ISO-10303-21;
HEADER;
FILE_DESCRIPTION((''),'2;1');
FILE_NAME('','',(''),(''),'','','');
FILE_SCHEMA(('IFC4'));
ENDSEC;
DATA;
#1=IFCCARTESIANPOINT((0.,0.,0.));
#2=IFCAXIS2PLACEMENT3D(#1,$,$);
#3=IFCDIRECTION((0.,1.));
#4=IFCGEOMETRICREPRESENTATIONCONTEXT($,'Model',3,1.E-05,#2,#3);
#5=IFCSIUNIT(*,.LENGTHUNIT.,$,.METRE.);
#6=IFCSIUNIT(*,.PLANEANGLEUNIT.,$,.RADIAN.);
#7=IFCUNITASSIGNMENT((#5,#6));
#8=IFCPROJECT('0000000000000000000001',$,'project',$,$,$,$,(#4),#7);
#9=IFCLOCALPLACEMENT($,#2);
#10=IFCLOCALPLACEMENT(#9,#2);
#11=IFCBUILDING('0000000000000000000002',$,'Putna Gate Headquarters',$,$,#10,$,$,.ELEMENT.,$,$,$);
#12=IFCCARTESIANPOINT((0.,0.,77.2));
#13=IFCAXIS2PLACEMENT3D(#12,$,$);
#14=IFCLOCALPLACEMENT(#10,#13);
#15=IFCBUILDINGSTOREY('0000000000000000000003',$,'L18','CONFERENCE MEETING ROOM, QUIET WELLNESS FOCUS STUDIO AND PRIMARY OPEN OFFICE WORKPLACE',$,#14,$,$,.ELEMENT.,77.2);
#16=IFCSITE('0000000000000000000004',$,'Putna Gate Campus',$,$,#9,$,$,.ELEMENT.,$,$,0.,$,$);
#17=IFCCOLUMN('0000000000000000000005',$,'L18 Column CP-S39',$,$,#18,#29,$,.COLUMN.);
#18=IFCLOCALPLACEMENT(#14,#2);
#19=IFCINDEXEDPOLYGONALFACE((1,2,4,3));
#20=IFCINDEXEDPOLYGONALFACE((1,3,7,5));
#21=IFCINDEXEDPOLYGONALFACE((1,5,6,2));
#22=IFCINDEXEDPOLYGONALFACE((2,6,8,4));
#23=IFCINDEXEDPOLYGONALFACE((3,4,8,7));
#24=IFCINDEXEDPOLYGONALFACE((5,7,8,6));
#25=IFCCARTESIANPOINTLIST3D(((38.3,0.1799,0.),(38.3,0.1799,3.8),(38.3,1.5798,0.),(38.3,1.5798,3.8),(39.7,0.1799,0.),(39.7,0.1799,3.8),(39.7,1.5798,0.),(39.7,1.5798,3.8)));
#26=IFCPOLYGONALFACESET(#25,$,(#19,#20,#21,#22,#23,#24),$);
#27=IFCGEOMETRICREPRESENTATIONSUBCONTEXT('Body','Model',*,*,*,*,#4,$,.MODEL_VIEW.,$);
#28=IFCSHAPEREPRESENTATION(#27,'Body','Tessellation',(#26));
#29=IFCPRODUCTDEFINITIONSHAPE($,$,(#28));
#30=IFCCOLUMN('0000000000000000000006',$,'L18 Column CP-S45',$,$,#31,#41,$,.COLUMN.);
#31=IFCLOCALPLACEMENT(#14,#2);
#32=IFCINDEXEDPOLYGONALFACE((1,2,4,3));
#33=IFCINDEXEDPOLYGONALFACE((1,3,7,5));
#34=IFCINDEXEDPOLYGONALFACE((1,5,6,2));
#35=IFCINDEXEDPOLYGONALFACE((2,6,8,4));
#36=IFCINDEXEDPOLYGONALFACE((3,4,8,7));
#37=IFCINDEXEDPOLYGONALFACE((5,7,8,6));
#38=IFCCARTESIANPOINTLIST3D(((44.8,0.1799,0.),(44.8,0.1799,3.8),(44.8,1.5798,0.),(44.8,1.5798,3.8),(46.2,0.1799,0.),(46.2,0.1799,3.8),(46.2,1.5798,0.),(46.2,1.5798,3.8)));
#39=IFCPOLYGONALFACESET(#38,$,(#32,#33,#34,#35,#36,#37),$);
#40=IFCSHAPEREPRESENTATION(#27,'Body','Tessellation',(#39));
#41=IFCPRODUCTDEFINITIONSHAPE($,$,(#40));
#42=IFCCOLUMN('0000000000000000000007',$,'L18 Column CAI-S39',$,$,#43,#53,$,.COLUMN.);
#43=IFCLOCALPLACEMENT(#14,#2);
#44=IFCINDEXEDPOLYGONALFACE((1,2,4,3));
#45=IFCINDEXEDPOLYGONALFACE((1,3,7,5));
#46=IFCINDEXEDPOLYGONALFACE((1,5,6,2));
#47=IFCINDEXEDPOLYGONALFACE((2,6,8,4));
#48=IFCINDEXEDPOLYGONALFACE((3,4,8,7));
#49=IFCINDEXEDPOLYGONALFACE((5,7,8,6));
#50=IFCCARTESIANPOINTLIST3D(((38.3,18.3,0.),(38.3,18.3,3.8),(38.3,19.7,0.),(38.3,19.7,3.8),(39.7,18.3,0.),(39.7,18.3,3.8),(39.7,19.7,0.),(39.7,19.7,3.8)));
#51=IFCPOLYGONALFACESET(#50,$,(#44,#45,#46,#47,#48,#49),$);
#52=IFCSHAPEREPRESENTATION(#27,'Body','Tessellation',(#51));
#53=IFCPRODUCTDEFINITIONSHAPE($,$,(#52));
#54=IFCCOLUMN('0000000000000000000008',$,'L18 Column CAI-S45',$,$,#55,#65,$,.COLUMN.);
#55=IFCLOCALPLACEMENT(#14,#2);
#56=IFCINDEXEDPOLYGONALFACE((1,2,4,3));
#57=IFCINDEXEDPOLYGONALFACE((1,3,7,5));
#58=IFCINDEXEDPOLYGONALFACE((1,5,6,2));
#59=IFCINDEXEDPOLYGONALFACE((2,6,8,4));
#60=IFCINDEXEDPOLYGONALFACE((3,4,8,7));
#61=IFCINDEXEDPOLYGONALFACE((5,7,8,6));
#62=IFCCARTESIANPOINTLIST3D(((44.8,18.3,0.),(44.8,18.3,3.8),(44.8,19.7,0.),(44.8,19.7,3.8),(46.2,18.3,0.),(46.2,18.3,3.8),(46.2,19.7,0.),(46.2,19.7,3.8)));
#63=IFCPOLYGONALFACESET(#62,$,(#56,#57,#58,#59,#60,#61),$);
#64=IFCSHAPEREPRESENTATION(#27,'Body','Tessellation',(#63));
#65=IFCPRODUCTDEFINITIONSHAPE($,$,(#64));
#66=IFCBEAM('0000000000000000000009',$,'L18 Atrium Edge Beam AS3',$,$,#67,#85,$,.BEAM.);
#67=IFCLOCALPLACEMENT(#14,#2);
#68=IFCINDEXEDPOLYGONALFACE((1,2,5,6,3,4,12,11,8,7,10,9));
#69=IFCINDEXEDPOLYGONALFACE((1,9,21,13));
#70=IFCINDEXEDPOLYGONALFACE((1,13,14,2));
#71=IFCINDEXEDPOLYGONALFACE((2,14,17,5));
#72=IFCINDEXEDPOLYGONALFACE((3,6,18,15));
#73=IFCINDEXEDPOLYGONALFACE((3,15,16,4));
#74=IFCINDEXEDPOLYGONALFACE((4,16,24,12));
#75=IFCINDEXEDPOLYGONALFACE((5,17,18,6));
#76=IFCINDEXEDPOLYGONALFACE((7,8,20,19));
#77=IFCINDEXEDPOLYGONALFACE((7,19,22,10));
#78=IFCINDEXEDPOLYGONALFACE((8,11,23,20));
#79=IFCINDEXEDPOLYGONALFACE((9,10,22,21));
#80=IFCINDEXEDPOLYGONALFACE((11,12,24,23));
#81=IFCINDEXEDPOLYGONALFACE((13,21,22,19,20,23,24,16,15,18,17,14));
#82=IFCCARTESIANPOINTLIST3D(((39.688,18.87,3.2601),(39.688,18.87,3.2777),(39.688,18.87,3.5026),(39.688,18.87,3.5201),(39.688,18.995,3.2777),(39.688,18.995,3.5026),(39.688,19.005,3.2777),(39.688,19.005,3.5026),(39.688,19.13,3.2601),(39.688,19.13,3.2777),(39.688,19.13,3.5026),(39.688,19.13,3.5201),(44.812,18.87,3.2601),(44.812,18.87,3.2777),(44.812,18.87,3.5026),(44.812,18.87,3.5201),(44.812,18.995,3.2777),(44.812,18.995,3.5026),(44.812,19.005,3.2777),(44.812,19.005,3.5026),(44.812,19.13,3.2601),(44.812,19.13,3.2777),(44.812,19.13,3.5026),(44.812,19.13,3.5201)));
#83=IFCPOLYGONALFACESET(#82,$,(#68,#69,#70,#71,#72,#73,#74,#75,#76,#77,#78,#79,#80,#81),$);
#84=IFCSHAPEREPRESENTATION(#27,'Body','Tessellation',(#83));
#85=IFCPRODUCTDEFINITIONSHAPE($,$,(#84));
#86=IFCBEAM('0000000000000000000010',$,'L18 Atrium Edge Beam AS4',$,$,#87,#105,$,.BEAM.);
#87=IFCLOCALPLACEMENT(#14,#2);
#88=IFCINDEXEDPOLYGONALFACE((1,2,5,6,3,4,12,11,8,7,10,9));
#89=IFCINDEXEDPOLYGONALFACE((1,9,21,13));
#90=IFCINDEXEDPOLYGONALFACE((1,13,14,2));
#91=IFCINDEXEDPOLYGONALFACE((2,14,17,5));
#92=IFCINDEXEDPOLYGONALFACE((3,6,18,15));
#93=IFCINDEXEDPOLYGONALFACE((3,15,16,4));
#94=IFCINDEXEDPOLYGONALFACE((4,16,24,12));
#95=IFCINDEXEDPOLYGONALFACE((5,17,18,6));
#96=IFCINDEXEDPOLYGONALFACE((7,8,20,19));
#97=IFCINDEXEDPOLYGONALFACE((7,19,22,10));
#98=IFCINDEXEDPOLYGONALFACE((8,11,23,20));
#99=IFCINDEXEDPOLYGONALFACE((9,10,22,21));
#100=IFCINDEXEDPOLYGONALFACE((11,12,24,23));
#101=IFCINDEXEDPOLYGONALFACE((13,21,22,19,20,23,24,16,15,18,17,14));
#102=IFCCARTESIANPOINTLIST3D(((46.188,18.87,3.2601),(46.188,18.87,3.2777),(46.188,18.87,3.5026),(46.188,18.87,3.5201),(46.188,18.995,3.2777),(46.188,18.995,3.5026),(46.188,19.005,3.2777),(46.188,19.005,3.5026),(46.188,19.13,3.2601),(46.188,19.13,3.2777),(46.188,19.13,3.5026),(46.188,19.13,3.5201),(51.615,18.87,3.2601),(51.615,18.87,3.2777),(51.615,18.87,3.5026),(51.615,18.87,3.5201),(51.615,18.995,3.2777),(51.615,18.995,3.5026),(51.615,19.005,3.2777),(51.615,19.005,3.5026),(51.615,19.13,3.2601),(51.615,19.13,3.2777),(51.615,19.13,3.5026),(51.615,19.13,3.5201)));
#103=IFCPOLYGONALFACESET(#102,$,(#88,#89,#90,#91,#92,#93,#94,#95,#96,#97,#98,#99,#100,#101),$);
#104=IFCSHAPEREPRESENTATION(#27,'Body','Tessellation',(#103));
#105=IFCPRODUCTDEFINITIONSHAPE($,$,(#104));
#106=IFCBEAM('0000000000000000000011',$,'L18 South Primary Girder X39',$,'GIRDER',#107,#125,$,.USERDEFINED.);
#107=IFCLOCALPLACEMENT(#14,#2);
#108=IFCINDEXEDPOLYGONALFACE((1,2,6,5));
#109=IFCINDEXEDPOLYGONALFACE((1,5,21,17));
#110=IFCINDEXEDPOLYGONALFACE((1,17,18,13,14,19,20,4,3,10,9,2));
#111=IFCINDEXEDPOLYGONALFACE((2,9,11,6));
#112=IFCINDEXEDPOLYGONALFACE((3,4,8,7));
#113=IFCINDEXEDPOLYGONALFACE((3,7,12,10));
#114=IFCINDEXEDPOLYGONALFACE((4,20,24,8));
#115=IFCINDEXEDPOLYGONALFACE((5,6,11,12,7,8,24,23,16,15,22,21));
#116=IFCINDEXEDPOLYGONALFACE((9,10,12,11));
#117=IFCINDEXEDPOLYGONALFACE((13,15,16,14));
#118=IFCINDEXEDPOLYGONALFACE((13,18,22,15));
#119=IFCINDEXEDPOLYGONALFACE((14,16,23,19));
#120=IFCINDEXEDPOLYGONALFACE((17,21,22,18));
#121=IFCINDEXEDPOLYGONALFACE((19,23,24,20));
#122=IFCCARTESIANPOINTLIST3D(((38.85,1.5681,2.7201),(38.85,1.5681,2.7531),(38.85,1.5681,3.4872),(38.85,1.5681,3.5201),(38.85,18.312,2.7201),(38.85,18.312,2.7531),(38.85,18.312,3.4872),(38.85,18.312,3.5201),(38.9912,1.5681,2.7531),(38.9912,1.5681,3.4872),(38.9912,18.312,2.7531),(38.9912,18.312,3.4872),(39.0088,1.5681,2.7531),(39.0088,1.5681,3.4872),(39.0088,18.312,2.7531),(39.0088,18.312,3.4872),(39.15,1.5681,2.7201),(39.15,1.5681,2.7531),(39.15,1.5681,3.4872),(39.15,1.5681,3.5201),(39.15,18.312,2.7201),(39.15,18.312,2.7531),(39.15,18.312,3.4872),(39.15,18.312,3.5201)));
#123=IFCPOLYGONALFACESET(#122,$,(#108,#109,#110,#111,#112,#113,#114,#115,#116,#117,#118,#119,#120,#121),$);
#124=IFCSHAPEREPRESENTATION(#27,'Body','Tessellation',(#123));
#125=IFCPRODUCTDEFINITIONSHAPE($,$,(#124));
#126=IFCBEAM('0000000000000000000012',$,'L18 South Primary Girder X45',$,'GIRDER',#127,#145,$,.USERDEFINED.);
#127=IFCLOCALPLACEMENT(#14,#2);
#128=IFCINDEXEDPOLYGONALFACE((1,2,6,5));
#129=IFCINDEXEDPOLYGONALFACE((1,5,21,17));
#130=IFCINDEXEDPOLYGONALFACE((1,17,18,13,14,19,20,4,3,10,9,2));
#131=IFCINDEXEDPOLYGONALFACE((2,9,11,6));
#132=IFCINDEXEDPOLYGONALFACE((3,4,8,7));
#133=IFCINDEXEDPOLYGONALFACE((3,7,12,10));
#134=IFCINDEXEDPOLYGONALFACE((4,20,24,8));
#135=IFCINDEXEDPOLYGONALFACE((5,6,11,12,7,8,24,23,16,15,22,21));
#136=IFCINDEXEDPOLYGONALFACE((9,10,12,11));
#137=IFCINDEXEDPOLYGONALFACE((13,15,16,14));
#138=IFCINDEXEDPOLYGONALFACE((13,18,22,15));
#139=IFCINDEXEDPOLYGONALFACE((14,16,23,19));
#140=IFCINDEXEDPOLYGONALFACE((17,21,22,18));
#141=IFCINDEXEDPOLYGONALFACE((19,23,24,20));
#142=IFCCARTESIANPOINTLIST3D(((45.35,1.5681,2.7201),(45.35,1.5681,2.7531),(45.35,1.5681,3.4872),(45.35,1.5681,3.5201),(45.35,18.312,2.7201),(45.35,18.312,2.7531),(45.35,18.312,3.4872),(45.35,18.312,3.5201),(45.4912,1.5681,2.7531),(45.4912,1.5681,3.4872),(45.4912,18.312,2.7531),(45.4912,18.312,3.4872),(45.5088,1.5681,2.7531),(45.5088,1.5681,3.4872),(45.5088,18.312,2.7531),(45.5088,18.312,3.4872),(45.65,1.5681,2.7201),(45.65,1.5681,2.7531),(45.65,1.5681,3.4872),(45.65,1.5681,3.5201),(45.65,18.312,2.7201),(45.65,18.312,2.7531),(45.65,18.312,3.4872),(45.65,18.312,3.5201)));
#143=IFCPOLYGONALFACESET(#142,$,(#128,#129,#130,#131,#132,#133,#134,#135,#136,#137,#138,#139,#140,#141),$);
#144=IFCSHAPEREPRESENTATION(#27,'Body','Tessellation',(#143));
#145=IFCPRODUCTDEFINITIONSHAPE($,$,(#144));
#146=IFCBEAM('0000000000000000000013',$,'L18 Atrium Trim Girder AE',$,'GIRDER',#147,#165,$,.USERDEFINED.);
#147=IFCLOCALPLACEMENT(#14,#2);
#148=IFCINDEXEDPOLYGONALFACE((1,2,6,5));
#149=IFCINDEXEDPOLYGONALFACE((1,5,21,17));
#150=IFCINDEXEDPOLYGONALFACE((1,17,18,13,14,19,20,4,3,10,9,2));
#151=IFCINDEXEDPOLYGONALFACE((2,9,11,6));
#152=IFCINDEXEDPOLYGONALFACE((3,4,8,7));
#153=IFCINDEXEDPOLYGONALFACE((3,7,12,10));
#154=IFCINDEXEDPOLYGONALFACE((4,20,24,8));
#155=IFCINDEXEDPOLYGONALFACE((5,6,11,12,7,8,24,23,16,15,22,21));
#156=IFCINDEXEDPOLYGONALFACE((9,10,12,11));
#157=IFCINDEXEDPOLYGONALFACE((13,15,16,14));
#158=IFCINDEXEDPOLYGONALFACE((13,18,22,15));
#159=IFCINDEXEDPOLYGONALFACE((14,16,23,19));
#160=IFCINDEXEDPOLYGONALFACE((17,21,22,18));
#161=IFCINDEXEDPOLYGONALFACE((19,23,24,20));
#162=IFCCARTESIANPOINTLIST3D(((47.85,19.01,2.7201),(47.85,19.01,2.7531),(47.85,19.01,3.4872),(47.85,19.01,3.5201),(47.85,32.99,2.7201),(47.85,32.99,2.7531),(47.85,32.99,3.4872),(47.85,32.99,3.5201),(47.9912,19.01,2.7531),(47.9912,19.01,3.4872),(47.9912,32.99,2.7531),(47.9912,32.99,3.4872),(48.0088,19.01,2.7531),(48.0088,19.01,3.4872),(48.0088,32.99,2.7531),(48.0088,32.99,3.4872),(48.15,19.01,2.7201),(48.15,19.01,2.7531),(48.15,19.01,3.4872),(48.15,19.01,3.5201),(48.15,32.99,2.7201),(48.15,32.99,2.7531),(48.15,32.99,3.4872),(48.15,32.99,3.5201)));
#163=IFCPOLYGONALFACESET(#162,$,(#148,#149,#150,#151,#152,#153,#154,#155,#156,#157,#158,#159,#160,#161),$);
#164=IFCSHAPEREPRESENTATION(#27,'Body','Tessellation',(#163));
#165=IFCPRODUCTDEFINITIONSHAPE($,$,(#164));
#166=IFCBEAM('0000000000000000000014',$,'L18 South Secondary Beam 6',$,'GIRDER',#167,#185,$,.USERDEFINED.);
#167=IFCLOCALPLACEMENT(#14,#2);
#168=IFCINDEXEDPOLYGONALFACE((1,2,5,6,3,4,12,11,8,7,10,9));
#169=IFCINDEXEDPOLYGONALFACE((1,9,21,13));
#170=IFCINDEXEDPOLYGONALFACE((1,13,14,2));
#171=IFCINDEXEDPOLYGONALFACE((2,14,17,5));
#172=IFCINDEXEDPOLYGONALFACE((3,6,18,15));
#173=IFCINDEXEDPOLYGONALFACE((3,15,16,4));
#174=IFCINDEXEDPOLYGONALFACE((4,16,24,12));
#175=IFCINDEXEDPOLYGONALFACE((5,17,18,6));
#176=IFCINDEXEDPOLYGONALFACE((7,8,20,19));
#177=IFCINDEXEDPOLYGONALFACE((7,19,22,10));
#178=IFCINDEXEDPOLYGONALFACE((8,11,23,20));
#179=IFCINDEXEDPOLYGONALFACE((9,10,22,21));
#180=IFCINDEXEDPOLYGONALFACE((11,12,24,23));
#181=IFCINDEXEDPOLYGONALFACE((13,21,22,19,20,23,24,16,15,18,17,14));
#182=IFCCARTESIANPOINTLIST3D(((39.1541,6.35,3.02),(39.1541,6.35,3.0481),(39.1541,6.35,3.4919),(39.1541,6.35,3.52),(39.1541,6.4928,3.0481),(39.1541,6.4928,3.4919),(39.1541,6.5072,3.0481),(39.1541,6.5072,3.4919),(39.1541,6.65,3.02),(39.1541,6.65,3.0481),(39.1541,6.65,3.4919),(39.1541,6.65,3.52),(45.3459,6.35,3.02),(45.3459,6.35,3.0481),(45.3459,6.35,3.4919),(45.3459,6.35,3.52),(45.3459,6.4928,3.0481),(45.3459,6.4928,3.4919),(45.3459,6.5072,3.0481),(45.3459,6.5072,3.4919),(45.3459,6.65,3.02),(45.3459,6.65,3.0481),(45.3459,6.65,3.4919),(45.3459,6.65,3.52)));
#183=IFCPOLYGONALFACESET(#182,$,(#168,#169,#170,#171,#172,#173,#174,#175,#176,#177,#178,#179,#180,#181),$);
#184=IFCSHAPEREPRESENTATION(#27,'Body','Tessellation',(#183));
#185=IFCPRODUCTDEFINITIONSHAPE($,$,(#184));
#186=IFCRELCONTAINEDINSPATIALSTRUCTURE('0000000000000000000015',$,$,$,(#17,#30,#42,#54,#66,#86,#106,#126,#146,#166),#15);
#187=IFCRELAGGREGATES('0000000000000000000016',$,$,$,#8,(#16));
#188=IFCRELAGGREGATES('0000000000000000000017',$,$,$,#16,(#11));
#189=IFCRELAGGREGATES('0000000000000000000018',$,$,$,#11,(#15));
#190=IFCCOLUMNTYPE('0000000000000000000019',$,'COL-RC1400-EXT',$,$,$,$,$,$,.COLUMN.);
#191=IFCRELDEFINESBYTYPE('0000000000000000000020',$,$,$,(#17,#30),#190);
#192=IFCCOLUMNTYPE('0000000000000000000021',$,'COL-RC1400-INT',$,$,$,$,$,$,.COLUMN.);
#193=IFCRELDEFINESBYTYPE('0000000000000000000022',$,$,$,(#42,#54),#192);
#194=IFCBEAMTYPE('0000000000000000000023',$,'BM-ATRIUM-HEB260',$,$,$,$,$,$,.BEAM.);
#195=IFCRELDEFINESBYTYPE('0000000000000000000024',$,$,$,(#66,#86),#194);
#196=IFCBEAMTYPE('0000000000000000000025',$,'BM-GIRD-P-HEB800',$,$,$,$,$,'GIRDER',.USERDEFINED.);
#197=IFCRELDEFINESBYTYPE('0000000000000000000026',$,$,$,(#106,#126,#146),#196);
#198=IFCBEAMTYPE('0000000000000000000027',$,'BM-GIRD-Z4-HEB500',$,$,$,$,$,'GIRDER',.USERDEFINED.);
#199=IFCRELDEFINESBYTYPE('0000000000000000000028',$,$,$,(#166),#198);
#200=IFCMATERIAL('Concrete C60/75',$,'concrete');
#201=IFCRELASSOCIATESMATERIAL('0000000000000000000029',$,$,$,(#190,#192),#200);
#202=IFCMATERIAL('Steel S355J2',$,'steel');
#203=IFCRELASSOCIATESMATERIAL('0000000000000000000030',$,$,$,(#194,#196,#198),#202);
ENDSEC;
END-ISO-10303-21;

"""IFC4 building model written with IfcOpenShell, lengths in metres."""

from ifc_helpers import new_model, si_unit, direction, frame, origin, origin_2d, place, context, subcontext, project, spatial, rectangle, i_section, extrude, material, material_profile, profile_set, type_object, element, save


model = new_model("IFC4")

# Units and contexts
model_context = context("Model", 3, precision=1e-05, world=origin(), true_north=direction((0.0, 1.0)))
body_context = subcontext(model_context, "Body", "Model", "MODEL_VIEW")
ifc_project = project(units=[si_unit("LENGTHUNIT", "METRE"), si_unit("PLANEANGLEUNIT", "RADIAN")], contexts=[model_context])

# Site, building, storey
site_placement = place(None, origin())
site = spatial("IfcSite", under=ifc_project, at=site_placement, Name="Putna Gate Campus", CompositionType="ELEMENT", RefElevation=0.0)
building_placement = place(site_placement, origin())
building = spatial("IfcBuilding", under=site, at=building_placement, Name="Putna Gate Headquarters", CompositionType="ELEMENT")
storey_placement = place(building_placement, frame((0.0, 0.0, 77.2)))
storey = spatial("IfcBuildingStorey", under=building, at=storey_placement, Name="L18", Description="CONFERENCE MEETING ROOM, QUIET WELLNESS FOCUS STUDIO AND PRIMARY OPEN OFFICE WORKPLACE", CompositionType="ELEMENT", Elevation=77.2)

# Columns
ifc_material_1 = material(Name="Concrete C60/75", Category="concrete")
ifc_material_profile_1 = material_profile(ifc_material_1, rectangle(XDim=1.3999, YDim=1.3999, at=origin_2d()), Name="Concrete C60/75")
ifc_profile_set_1 = profile_set([ifc_material_profile_1], Name="Concrete C60/75")
column_type_1 = type_object("IfcColumnType", Name="COL-RC1400-EXT", PredefinedType="COLUMN", material=ifc_profile_set_1)
for number, where, z_axis, x_axis, name in (
    (1, (39.0, 0.8799, 0.0), (0.0, 0.0, 1.0), (1.0, 0.0, 0.0), "L18 Column CP-S39"),
    (2, (45.5, 0.8799, 0.0), (0.0, 0.0, 1.0), (1.0, 0.0, 0.0), "L18 Column CP-S45"),
):
    element("IfcColumn", number, at=place(storey_placement, frame(where, z_axis=z_axis, x_axis=x_axis)), inside=storey, type_object=column_type_1, Name=name, PredefinedType="COLUMN", context=body_context, shape_type="SweptSolid", body=[
        extrude(rectangle(XDim=1.3999, YDim=1.3999, at=origin_2d()), origin(), (0.0, 0.0, 1.0), 3.8),
    ])
ifc_material_profile_2 = material_profile(ifc_material_1, rectangle(XDim=1.3999, YDim=1.3999, at=origin_2d()), Name="Concrete C60/75")
ifc_profile_set_2 = profile_set([ifc_material_profile_2], Name="Concrete C60/75")
column_type_2 = type_object("IfcColumnType", Name="COL-RC1400-INT", PredefinedType="COLUMN", material=ifc_profile_set_2)
for number, where, z_axis, x_axis, name in (
    (3, (39.0, 19.0, 0.0), (0.0, 0.0, 1.0), (1.0, 0.0, 0.0), "L18 Column CAI-S39"),
    (4, (45.5, 19.0, 0.0), (0.0, 0.0, 1.0), (1.0, 0.0, 0.0), "L18 Column CAI-S45"),
):
    element("IfcColumn", number, at=place(storey_placement, frame(where, z_axis=z_axis, x_axis=x_axis)), inside=storey, type_object=column_type_2, Name=name, PredefinedType="COLUMN", context=body_context, shape_type="SweptSolid", body=[
        extrude(rectangle(XDim=1.3999, YDim=1.3999, at=origin_2d()), origin(), (0.0, 0.0, 1.0), 3.8),
    ])

# Beams
ifc_material_2 = material(Name="Steel S355J2", Category="steel")
ifc_material_profile_3 = material_profile(ifc_material_2, i_section(OverallWidth=0.26, OverallDepth=0.26, WebThickness=0.01, FlangeThickness=0.0176, at=origin_2d()), Name="Steel S355J2")
ifc_profile_set_3 = profile_set([ifc_material_profile_3], Name="Steel S355J2")
beam_type_1 = type_object("IfcBeamType", Name="BM-ATRIUM-HEB260", PredefinedType="BEAM", material=ifc_profile_set_3)
beam_1_placement = place(storey_placement, frame((39.688, 19.0, 3.3901), z_axis=(1.0, 0.0, 0.0), x_axis=(0.0, 1.0, 0.0)))
element("IfcBeam", 5, at=beam_1_placement, inside=storey, type_object=beam_type_1, Name="L18 Atrium Edge Beam AS3", PredefinedType="BEAM", context=body_context, shape_type="SweptSolid", body=[
    extrude(i_section(OverallWidth=0.26, OverallDepth=0.26, WebThickness=0.01, FlangeThickness=0.0176, at=origin_2d()), origin(), (0.0, 0.0, 1.0), 5.124),
])
beam_2_placement = place(storey_placement, frame((46.188, 19.0, 3.3901), z_axis=(1.0, 0.0, 0.0), x_axis=(0.0, 1.0, 0.0)))
element("IfcBeam", 6, at=beam_2_placement, inside=storey, type_object=beam_type_1, Name="L18 Atrium Edge Beam AS4", PredefinedType="BEAM", context=body_context, shape_type="SweptSolid", body=[
    extrude(i_section(OverallWidth=0.26, OverallDepth=0.26, WebThickness=0.01, FlangeThickness=0.0176, at=origin_2d()), origin(), (0.0, 0.0, 1.0), 5.427),
])
ifc_material_profile_4 = material_profile(ifc_material_2, i_section(OverallWidth=0.3, OverallDepth=0.8, WebThickness=0.0176, FlangeThickness=0.033, at=origin_2d()), Name="Steel S355J2")
ifc_profile_set_4 = profile_set([ifc_material_profile_4], Name="Steel S355J2")
beam_type_2 = type_object("IfcBeamType", Name="BM-GIRD-P-HEB800", ElementType="GIRDER", PredefinedType="USERDEFINED", material=ifc_profile_set_4)
for number, where, z_axis, x_axis, name in (
    (7, (39.0, 1.5681, 3.1201), (0.0, 1.0, 0.0), (-1.0, 0.0, 0.0), "L18 South Primary Girder X39"),
    (8, (45.5, 1.5681, 3.1201), (0.0, 1.0, 0.0), (-1.0, 0.0, 0.0), "L18 South Primary Girder X45"),
):
    element("IfcBeam", number, at=place(storey_placement, frame(where, z_axis=z_axis, x_axis=x_axis)), inside=storey, type_object=beam_type_2, Name=name, ObjectType="GIRDER", PredefinedType="USERDEFINED", context=body_context, shape_type="SweptSolid", body=[
        extrude(i_section(OverallWidth=0.3, OverallDepth=0.8, WebThickness=0.0176, FlangeThickness=0.033, at=origin_2d()), origin(), (0.0, 0.0, 1.0), 16.7439),
    ])
beam_3_placement = place(storey_placement, frame((48.0, 19.01, 3.1201), z_axis=(0.0, 1.0, 0.0), x_axis=(-1.0, 0.0, 0.0)))
element("IfcBeam", 9, at=beam_3_placement, inside=storey, type_object=beam_type_2, Name="L18 Atrium Trim Girder AE", ObjectType="GIRDER", PredefinedType="USERDEFINED", context=body_context, shape_type="SweptSolid", body=[
    extrude(i_section(OverallWidth=0.3, OverallDepth=0.8, WebThickness=0.0176, FlangeThickness=0.033, at=origin_2d()), origin(), (0.0, 0.0, 1.0), 13.98),
])
ifc_material_profile_5 = material_profile(ifc_material_2, i_section(OverallWidth=0.3, OverallDepth=0.5, WebThickness=0.0144, FlangeThickness=0.0281, at=origin_2d()), Name="Steel S355J2")
ifc_profile_set_5 = profile_set([ifc_material_profile_5], Name="Steel S355J2")
beam_type_3 = type_object("IfcBeamType", Name="BM-GIRD-Z4-HEB500", ElementType="GIRDER", PredefinedType="USERDEFINED", material=ifc_profile_set_5)
for number, where, z_axis, x_axis, name in (
    (10, (39.1541, 6.5, 3.27), (1.0, 0.0, 0.0), (0.0, 1.0, 0.0), "L18 South Secondary Beam 6"),
):
    element("IfcBeam", number, at=place(storey_placement, frame(where, z_axis=z_axis, x_axis=x_axis)), inside=storey, type_object=beam_type_3, Name=name, ObjectType="GIRDER", PredefinedType="USERDEFINED", context=body_context, shape_type="SweptSolid", body=[
        extrude(i_section(OverallWidth=0.3, OverallDepth=0.5, WebThickness=0.0144, FlangeThickness=0.0281, at=origin_2d()), origin(), (0.0, 0.0, 1.0), 6.1919),
    ])

save(model, "model.ifc")
